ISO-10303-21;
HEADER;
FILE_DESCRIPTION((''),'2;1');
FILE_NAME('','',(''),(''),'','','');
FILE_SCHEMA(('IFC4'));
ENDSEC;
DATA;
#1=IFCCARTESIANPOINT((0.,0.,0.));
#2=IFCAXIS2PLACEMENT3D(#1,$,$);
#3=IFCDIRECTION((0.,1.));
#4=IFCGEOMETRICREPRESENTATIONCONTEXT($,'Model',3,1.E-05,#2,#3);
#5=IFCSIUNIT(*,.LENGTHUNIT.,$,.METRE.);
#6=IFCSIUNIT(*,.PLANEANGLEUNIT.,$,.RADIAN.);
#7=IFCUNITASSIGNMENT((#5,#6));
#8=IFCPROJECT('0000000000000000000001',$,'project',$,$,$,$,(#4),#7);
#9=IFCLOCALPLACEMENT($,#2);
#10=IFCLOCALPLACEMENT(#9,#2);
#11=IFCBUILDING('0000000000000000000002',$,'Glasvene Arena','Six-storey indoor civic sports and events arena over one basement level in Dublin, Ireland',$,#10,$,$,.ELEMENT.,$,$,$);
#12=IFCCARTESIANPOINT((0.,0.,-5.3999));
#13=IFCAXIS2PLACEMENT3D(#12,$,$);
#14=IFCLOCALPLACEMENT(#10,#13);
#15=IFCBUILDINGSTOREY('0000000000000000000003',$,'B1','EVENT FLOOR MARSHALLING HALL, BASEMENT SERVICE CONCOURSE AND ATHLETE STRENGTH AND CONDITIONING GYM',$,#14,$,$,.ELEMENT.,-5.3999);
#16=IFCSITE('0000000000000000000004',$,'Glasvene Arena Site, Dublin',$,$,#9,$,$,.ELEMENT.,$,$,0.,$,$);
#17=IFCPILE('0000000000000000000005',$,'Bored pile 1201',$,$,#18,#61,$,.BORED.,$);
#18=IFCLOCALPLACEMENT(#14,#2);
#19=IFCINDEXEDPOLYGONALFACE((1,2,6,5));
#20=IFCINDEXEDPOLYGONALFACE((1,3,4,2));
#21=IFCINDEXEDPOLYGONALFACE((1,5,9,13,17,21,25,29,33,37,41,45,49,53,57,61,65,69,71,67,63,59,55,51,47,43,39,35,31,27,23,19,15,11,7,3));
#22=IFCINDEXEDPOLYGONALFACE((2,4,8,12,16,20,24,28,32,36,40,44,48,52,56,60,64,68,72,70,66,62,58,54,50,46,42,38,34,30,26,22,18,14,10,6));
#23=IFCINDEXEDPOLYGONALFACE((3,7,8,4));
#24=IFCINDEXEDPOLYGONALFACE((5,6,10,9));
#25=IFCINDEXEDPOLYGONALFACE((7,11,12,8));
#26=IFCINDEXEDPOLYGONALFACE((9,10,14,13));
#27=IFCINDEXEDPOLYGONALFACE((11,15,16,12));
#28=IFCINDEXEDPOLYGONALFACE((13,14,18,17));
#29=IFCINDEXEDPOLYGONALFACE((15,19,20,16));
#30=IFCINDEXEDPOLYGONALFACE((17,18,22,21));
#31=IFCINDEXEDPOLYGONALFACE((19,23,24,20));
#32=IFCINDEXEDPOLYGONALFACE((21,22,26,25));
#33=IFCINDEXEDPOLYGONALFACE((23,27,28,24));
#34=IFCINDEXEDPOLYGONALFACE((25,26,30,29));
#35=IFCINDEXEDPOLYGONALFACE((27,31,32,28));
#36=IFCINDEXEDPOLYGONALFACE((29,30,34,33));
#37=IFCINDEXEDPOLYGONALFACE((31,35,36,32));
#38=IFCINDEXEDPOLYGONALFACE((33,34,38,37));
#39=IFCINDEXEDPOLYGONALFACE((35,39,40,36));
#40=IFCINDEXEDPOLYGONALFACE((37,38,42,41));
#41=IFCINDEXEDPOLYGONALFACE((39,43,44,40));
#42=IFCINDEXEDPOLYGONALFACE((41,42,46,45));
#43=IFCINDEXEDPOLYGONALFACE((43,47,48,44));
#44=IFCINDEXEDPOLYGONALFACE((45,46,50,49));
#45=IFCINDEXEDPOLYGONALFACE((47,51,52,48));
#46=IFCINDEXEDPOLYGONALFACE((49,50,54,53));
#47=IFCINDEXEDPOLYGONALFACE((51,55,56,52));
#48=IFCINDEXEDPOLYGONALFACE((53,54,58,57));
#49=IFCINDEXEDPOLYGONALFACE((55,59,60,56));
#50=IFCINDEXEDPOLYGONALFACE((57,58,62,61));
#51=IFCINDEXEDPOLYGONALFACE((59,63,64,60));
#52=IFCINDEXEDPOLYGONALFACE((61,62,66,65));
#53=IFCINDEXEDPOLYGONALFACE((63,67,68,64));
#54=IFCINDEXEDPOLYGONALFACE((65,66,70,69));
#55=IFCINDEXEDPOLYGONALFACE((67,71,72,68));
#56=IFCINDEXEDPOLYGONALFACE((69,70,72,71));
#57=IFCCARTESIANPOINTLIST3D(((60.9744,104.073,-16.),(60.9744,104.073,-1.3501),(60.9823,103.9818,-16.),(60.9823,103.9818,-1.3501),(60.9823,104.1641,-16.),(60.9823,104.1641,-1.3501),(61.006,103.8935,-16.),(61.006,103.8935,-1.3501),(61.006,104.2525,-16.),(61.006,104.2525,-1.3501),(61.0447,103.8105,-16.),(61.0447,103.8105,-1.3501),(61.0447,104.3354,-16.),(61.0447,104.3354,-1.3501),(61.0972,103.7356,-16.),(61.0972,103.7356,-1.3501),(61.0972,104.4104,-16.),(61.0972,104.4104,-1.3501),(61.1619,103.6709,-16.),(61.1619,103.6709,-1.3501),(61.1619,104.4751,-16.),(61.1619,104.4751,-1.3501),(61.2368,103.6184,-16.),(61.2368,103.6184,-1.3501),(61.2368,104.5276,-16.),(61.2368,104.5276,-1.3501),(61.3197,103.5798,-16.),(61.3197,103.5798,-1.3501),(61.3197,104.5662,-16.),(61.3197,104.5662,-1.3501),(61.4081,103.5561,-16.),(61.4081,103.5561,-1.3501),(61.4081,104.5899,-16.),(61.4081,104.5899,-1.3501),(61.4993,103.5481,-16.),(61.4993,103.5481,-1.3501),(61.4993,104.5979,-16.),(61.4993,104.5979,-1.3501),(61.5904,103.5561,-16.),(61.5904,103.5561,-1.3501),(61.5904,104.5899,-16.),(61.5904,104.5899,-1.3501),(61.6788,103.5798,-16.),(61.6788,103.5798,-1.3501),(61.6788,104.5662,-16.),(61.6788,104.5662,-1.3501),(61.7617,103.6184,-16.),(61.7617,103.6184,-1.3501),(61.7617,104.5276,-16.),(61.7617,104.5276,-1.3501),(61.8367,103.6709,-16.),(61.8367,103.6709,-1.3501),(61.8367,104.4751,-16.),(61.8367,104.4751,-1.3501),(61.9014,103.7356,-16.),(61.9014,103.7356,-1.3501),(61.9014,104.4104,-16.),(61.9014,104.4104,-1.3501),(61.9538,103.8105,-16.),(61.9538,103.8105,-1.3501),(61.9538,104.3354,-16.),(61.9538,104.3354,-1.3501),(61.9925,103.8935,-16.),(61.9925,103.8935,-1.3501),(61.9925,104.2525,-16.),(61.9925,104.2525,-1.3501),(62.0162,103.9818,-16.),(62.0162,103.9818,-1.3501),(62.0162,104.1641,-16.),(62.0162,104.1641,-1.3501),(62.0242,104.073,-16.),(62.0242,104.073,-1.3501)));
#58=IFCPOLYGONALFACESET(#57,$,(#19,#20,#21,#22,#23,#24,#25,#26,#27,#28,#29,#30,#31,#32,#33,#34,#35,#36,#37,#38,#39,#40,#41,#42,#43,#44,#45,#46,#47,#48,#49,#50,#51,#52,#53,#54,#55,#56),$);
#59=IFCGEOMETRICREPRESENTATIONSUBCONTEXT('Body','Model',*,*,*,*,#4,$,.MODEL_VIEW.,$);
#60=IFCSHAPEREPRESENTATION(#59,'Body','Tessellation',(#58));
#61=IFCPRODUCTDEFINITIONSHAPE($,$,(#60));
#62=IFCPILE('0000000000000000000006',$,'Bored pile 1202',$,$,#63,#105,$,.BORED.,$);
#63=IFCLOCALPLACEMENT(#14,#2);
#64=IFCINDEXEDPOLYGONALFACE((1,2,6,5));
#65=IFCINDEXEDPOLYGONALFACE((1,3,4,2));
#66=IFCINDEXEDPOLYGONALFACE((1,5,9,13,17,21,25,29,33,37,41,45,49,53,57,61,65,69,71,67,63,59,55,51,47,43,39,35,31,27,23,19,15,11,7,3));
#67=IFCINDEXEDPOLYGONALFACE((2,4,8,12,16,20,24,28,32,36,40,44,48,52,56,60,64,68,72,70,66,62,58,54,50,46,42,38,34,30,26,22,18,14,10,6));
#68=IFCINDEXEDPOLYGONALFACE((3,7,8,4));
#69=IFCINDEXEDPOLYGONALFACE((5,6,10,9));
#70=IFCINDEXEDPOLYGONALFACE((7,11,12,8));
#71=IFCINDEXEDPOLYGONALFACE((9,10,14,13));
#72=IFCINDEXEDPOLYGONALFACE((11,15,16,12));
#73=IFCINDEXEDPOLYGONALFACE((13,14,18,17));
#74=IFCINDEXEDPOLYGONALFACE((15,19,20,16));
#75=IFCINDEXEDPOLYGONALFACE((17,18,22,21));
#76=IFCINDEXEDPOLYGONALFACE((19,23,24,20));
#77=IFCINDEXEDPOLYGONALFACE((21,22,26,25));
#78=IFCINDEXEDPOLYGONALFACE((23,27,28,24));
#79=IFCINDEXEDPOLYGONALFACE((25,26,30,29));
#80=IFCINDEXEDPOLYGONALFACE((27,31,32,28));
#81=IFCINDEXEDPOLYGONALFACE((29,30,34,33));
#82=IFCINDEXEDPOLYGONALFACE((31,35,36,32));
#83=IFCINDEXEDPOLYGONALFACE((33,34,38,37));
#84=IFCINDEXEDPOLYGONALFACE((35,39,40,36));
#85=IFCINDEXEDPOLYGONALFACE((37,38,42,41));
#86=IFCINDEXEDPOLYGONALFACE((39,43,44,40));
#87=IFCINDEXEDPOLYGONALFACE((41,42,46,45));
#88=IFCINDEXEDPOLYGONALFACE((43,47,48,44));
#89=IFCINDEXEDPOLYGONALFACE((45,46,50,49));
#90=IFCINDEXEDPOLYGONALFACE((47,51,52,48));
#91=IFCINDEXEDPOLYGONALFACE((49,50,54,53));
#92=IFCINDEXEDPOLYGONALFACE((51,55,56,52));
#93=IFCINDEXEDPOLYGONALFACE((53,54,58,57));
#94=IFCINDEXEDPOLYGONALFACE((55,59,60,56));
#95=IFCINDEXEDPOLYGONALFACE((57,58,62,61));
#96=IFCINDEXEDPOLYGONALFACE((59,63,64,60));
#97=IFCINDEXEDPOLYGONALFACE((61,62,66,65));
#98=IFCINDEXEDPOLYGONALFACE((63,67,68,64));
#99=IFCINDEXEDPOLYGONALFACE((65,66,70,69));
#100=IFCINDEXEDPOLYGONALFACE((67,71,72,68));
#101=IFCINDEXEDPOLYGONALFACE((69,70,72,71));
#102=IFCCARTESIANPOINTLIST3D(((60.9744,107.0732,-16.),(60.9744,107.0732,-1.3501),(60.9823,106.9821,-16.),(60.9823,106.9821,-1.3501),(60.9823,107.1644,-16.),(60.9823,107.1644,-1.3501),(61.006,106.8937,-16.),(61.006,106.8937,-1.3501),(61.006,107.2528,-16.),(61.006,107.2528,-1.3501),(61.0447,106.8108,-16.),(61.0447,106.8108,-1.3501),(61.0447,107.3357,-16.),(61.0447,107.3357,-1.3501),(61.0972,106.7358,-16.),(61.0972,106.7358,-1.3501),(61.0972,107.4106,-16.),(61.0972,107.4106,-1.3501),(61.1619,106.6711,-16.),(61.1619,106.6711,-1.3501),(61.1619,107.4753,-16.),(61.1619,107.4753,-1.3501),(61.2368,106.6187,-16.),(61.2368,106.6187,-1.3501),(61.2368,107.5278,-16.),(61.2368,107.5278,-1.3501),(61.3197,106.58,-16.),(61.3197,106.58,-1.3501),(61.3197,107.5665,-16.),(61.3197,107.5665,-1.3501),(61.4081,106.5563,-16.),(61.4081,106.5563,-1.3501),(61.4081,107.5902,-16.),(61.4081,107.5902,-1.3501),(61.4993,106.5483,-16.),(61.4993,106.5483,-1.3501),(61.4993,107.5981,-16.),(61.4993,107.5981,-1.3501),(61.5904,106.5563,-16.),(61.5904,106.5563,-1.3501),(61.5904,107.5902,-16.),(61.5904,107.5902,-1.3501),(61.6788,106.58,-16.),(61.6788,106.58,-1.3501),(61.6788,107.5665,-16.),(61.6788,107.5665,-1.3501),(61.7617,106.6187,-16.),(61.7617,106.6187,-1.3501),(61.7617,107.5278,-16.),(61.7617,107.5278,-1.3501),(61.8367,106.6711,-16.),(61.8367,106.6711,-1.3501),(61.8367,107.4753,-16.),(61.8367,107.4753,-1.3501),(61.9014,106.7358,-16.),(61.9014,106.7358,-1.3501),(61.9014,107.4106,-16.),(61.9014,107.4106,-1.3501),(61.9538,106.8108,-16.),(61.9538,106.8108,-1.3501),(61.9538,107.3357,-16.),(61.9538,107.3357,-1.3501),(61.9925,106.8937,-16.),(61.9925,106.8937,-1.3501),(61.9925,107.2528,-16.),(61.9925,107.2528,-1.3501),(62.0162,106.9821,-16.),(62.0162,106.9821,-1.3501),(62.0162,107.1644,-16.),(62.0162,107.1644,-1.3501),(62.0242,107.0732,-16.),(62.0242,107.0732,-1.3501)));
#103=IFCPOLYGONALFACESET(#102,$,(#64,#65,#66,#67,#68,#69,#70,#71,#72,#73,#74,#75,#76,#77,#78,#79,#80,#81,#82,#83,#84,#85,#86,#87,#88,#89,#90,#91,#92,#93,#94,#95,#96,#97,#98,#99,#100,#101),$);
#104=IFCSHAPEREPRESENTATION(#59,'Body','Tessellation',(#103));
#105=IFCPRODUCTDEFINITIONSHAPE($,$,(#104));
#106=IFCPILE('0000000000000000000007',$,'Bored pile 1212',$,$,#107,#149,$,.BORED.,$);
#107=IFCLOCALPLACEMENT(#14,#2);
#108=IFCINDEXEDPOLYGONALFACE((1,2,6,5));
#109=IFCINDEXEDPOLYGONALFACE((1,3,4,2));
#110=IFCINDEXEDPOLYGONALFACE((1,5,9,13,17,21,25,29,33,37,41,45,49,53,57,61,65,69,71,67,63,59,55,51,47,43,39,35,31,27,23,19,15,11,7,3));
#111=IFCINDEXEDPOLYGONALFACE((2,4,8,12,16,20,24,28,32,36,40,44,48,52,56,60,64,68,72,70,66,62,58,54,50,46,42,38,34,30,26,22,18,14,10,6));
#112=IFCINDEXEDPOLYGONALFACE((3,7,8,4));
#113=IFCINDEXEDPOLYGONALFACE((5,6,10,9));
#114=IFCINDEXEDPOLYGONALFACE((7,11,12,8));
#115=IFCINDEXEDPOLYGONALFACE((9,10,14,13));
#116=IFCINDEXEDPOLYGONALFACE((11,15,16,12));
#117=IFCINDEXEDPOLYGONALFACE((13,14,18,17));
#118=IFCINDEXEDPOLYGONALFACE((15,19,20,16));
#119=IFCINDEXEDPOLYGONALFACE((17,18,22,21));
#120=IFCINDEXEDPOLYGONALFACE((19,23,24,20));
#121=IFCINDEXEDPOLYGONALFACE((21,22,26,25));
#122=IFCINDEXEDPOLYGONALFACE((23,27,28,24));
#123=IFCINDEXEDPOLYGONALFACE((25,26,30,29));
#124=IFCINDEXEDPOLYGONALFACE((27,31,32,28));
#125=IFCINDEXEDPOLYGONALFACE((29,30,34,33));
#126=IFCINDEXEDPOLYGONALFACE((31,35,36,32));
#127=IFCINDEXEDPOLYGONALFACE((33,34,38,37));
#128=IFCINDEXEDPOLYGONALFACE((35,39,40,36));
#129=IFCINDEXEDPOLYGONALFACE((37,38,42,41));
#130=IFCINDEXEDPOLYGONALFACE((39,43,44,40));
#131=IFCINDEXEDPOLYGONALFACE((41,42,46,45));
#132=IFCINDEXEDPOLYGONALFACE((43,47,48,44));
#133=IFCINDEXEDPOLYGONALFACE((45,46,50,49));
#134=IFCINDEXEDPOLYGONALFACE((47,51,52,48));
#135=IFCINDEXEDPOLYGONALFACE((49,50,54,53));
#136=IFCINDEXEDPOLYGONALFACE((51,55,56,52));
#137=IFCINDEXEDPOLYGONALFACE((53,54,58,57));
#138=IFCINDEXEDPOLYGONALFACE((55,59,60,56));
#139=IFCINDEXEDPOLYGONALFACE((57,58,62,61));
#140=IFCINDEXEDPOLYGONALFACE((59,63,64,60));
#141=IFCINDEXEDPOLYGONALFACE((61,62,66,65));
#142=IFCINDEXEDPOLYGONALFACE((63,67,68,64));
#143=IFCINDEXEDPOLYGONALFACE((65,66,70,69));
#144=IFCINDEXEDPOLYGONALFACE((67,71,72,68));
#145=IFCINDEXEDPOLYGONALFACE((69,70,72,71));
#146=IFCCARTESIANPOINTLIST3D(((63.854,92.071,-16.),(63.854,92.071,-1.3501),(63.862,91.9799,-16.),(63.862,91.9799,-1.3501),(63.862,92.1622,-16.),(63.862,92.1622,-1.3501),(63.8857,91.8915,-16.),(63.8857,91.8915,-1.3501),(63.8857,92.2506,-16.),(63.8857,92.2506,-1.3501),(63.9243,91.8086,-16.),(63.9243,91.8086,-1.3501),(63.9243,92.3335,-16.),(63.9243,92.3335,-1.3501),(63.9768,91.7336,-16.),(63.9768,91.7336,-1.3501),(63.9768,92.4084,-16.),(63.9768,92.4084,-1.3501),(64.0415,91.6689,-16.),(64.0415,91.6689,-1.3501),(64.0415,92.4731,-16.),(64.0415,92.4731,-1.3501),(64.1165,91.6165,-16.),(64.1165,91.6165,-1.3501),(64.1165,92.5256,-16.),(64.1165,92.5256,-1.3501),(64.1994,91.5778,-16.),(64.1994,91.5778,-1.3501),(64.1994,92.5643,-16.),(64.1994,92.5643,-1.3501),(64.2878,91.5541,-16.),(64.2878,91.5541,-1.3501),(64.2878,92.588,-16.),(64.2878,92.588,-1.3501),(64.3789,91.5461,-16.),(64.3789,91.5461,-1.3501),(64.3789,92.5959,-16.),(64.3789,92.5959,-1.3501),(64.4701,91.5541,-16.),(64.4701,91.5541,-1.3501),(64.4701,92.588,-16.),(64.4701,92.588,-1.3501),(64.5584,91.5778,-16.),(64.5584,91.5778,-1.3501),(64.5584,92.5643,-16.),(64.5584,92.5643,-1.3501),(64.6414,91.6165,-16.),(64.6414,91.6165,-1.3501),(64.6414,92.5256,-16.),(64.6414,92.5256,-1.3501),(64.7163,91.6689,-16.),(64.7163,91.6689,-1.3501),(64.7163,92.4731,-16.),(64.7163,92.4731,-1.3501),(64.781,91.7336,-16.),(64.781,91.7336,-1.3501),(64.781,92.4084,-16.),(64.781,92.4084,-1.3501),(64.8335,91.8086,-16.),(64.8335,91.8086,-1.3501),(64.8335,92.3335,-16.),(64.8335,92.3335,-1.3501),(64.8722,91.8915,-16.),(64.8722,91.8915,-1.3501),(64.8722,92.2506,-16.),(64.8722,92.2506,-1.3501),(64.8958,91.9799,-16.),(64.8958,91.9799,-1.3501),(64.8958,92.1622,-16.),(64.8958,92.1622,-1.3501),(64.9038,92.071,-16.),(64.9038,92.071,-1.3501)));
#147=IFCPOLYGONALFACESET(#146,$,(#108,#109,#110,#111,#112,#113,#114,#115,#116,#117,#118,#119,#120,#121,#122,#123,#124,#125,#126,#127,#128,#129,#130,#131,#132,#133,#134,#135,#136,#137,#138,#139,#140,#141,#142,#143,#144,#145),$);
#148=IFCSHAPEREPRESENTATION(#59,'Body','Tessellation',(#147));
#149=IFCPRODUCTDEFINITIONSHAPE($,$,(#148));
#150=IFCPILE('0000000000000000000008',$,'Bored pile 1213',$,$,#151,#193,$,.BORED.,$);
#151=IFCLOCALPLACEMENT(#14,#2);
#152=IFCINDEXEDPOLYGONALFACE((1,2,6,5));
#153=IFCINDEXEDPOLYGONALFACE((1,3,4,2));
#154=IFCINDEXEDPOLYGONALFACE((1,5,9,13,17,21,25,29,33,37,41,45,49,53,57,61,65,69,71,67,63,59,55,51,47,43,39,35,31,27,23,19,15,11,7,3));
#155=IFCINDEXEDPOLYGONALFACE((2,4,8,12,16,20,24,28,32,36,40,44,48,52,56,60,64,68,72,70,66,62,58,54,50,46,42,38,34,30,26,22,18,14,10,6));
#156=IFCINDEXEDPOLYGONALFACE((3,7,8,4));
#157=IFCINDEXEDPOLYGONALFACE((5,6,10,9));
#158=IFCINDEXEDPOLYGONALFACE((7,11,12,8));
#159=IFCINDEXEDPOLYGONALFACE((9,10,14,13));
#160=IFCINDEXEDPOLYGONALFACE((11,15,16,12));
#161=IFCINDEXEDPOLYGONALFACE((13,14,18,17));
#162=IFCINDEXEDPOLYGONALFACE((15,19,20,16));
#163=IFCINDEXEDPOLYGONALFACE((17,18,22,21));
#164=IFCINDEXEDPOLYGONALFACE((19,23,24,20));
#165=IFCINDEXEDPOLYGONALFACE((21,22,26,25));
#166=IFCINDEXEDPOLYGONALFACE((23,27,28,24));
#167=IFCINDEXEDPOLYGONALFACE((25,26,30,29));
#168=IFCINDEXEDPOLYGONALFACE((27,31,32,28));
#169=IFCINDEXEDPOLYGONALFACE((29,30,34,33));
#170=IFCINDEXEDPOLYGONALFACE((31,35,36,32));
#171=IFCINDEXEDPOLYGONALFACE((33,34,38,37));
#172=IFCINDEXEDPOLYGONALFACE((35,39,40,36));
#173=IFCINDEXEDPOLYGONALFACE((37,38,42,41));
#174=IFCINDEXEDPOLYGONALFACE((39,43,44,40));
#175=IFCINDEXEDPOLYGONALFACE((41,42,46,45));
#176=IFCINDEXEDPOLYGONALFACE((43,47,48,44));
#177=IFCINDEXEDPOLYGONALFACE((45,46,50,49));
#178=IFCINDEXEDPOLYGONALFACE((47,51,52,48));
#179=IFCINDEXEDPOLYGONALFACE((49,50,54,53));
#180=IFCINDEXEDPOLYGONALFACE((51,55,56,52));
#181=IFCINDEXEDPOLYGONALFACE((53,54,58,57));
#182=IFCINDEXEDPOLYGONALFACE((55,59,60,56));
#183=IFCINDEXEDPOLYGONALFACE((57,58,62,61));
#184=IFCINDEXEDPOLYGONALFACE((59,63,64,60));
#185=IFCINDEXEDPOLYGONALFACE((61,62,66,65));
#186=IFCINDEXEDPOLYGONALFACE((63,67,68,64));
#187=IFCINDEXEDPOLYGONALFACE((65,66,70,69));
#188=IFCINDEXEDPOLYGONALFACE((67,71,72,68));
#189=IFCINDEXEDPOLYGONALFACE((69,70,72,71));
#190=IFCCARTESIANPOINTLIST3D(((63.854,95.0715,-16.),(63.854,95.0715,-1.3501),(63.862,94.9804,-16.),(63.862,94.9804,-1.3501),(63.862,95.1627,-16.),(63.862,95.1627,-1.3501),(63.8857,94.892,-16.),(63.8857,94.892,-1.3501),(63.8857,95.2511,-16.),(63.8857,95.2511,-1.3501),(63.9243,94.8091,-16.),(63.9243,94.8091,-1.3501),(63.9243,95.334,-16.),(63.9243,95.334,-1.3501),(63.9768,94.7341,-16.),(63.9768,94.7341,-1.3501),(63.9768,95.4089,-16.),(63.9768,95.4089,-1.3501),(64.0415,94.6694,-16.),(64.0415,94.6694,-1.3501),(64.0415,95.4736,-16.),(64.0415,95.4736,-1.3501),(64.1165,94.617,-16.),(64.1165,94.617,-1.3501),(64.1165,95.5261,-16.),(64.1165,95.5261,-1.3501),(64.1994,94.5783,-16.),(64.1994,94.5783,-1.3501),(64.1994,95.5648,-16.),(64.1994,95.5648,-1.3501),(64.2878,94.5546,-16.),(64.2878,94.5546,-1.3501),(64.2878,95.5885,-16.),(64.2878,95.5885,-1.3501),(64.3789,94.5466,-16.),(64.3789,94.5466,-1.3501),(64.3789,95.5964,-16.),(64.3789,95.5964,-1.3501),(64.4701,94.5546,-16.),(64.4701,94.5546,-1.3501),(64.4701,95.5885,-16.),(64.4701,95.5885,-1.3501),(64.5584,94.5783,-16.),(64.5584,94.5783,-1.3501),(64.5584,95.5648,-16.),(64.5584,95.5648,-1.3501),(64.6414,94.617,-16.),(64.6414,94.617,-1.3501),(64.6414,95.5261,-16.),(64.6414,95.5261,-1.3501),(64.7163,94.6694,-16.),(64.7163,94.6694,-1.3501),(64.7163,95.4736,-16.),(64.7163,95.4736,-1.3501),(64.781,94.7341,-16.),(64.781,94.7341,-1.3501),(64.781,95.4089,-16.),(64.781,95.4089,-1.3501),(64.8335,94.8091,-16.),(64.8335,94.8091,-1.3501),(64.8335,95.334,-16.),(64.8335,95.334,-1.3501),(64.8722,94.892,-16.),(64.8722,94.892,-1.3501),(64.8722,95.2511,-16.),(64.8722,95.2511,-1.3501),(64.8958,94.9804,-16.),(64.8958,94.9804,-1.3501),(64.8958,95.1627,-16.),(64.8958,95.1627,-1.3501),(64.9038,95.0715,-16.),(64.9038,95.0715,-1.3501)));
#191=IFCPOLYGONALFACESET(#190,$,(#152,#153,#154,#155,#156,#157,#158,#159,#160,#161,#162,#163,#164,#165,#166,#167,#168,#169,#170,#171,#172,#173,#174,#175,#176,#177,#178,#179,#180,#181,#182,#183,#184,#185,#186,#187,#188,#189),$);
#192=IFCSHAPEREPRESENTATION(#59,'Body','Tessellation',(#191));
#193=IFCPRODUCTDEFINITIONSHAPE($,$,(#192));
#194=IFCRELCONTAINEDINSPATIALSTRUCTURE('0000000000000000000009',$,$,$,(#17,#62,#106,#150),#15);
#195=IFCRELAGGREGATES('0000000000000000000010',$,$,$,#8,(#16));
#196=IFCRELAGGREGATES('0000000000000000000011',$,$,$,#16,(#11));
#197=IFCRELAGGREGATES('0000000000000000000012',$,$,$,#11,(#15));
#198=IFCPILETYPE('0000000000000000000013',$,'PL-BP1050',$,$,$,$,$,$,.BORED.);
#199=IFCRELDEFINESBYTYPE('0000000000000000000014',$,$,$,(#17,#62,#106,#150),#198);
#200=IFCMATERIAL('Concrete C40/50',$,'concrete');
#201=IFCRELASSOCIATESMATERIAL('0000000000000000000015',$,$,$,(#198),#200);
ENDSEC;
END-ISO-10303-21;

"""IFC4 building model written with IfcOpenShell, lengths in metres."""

from ifc_helpers import new_model, si_unit, direction, frame, origin, origin_2d, place, context, subcontext, project, spatial, circle, extrude, material, material_profile, profile_set, type_object, element, save


model = new_model("IFC4")

# Units and contexts
model_context = context("Model", 3, precision=1e-05, world=origin(), true_north=direction((0.0, 1.0)))
body_context = subcontext(model_context, "Body", "Model", "MODEL_VIEW")
ifc_project = project(units=[si_unit("LENGTHUNIT", "METRE"), si_unit("PLANEANGLEUNIT", "RADIAN")], contexts=[model_context])

# Site, building, storey
site_placement = place(None, origin())
site = spatial("IfcSite", under=ifc_project, at=site_placement, Name="Glasvene Arena Site, Dublin", CompositionType="ELEMENT", RefElevation=0.0)
building_placement = place(site_placement, origin())
building = spatial("IfcBuilding", under=site, at=building_placement, Name="Glasvene Arena", Description="Six-storey indoor civic sports and events arena over one basement level in Dublin, Ireland", CompositionType="ELEMENT")
storey_placement = place(building_placement, frame((0.0, 0.0, -5.3999)))
storey = spatial("IfcBuildingStorey", under=building, at=storey_placement, Name="B1", Description="EVENT FLOOR MARSHALLING HALL, BASEMENT SERVICE CONCOURSE AND ATHLETE STRENGTH AND CONDITIONING GYM", CompositionType="ELEMENT", Elevation=-5.3999)

# Shared definitions
ifc_material_1 = material(Name="Concrete C40/50", Category="concrete")

# Piles
ifc_material_profile_1 = material_profile(ifc_material_1, circle(Radius=0.5249, at=origin_2d()), Name="BORED PILE 1050")
ifc_profile_set_1 = profile_set([ifc_material_profile_1], Name="Concrete C40/50")
pile_type = type_object("IfcPileType", Name="PL-BP1050", PredefinedType="BORED", material=ifc_profile_set_1)
for number, where, z_axis, x_axis, name in (
    (1, (61.4993, 104.073, -1.3501), (0.0, 0.0, -1.0), (1.0, 0.0, 0.0), "Bored pile 1201"),
    (2, (61.4993, 107.0732, -1.3501), (0.0, 0.0, -1.0), (1.0, 0.0, 0.0), "Bored pile 1202"),
    (3, (64.3789, 92.071, -1.3501), (0.0, 0.0, -1.0), (1.0, 0.0, 0.0), "Bored pile 1212"),
    (4, (64.3789, 95.0715, -1.3501), (0.0, 0.0, -1.0), (1.0, 0.0, 0.0), "Bored pile 1213"),
):
    element("IfcPile", number, at=place(storey_placement, frame(where, z_axis=z_axis, x_axis=x_axis)), inside=storey, type_object=pile_type, Name=name, PredefinedType="BORED", context=body_context, shape_type="SweptSolid", body=[
        extrude(circle(Radius=0.5249, at=origin_2d()), origin(), (0.0, 0.0, 1.0), 14.6499),
    ])

save(model, "model.ifc")
